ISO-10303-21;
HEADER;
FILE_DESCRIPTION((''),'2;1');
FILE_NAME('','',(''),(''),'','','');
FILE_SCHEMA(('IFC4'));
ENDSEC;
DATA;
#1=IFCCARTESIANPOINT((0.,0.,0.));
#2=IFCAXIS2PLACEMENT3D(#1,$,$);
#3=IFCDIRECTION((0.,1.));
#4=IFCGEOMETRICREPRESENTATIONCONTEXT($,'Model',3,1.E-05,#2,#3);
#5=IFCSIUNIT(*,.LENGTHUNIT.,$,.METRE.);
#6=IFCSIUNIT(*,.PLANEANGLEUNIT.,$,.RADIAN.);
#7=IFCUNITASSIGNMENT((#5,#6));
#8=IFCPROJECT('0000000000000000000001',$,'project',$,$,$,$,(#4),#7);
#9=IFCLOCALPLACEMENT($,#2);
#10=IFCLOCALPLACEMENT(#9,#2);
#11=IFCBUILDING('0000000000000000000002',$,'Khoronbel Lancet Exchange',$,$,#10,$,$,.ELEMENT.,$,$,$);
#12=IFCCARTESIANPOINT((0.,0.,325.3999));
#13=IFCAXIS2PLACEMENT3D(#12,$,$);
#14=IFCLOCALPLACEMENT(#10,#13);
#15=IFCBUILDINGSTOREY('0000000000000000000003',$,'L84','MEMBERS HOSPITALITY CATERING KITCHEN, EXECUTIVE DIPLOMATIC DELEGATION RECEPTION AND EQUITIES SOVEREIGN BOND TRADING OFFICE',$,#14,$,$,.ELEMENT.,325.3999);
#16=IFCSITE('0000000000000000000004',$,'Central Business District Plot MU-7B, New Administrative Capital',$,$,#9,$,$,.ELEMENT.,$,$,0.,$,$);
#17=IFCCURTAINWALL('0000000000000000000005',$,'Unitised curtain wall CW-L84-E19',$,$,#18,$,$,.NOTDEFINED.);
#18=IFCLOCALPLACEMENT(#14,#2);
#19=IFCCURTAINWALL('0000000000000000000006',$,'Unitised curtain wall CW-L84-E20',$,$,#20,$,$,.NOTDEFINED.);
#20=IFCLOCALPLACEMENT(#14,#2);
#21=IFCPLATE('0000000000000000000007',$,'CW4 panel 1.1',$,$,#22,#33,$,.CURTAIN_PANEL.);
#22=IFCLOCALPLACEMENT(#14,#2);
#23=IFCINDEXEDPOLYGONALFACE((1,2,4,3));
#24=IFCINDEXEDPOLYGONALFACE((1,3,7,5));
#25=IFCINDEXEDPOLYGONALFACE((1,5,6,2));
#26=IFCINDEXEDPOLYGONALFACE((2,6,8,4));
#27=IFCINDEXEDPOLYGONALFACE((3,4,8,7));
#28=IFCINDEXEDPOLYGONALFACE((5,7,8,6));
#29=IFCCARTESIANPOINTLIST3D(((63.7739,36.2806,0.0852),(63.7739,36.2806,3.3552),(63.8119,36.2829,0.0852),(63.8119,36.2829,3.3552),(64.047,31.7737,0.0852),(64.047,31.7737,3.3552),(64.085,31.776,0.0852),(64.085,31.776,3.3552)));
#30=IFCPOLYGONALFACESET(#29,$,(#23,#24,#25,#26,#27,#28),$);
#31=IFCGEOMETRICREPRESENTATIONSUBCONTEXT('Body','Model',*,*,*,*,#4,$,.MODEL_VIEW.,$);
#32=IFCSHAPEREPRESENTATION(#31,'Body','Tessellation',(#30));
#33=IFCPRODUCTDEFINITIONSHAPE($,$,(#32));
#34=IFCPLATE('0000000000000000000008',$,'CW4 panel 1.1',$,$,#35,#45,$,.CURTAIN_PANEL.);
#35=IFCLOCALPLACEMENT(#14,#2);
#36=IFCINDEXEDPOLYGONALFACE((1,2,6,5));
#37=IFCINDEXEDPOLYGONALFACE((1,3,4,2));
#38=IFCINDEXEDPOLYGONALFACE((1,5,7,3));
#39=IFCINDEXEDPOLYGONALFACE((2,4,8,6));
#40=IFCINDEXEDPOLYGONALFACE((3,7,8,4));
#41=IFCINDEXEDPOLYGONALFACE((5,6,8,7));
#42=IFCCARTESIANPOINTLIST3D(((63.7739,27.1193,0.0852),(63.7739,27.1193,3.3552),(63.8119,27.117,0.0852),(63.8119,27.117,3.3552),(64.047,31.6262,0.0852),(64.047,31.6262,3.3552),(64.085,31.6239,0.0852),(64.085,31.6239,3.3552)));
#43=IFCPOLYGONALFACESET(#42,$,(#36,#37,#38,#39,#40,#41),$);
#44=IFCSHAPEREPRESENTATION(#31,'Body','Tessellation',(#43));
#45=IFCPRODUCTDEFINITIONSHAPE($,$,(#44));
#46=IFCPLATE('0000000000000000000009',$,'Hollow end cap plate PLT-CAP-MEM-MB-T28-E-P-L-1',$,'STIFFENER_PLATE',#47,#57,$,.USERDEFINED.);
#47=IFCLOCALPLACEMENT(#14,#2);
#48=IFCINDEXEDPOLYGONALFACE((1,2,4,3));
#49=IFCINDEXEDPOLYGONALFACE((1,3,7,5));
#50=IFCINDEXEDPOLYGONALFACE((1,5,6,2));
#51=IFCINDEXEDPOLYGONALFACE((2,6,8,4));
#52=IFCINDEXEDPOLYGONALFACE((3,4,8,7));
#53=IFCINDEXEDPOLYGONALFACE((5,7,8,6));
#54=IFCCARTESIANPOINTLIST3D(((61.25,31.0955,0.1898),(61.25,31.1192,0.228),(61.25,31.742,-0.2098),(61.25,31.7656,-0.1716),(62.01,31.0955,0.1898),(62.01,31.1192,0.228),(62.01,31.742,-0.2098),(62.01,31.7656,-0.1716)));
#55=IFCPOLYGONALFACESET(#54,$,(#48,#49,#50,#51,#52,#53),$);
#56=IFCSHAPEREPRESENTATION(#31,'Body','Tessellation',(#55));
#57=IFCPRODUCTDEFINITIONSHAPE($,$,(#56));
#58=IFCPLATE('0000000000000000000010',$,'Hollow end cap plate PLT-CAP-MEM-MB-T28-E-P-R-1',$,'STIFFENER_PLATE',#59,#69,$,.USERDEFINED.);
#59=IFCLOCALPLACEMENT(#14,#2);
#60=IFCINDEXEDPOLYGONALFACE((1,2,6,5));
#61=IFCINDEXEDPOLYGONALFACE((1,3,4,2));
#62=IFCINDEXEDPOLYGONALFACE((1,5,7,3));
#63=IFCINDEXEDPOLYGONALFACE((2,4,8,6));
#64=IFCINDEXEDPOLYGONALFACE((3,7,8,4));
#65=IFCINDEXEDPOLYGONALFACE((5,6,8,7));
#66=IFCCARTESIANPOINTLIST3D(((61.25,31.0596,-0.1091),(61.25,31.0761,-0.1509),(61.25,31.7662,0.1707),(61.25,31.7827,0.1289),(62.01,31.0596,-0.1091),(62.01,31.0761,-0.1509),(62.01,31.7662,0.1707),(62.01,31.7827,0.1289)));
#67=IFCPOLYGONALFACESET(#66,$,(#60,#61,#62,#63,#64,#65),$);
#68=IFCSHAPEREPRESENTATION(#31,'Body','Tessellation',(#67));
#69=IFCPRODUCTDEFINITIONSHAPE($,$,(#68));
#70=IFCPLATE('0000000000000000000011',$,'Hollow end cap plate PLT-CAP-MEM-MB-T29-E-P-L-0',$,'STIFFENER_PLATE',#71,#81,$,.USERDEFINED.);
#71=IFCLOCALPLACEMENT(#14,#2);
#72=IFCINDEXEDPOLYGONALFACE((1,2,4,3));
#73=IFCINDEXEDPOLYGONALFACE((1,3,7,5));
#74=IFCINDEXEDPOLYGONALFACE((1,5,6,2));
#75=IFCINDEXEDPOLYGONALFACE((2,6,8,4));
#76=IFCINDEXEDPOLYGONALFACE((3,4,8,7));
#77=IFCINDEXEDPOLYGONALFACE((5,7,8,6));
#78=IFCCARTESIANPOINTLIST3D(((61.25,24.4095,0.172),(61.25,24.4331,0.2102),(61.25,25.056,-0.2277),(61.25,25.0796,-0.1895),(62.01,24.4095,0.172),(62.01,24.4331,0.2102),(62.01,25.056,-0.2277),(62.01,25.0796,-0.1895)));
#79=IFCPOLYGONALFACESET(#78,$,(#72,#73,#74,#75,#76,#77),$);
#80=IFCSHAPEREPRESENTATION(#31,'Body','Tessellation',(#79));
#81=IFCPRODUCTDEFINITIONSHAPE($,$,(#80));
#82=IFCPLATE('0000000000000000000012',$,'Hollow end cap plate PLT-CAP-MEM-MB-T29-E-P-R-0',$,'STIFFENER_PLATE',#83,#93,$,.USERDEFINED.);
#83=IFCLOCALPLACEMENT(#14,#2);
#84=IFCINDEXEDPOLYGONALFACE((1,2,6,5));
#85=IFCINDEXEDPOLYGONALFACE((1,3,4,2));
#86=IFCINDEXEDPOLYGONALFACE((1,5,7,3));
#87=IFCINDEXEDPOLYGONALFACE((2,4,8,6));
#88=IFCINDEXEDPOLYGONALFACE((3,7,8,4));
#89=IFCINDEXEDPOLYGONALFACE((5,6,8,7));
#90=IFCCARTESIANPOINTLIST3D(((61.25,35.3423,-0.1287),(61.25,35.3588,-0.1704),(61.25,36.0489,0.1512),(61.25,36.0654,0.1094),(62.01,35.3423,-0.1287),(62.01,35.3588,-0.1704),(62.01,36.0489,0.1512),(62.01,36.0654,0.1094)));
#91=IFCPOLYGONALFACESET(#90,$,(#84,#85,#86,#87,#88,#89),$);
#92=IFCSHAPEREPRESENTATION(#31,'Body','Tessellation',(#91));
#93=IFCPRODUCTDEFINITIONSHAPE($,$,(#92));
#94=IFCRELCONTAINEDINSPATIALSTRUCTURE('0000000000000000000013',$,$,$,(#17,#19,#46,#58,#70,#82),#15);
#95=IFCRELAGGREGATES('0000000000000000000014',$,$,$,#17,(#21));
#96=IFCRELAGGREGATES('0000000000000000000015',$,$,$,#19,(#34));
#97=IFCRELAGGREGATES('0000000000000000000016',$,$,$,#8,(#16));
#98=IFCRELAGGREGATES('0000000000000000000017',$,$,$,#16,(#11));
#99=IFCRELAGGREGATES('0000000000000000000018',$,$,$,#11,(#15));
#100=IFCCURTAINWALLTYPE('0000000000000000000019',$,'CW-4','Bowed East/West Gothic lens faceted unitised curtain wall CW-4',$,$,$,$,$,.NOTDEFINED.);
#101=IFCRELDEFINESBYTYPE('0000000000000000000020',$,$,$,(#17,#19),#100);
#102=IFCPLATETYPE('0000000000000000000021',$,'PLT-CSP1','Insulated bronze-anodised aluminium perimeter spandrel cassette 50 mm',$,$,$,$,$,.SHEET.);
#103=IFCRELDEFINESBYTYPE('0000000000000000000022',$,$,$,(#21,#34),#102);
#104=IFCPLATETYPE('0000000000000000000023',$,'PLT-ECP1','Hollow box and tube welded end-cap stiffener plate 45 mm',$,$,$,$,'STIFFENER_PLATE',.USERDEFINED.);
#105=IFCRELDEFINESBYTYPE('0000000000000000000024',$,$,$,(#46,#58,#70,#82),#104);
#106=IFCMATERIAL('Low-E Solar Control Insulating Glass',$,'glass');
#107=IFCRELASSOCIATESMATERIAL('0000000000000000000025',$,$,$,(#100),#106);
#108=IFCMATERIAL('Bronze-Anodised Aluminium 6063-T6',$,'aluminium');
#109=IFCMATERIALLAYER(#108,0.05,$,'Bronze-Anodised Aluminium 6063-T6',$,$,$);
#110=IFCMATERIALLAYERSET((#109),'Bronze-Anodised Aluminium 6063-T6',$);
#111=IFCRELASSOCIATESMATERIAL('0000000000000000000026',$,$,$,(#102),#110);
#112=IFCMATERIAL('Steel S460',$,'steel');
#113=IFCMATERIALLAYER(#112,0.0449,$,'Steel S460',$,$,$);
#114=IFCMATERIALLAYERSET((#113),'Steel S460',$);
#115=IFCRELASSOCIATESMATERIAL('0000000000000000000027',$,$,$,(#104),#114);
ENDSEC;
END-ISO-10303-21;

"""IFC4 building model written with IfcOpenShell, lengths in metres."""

from ifc_helpers import new_model, si_unit, direction, frame, origin, origin_2d, place, context, subcontext, project, spatial, polyline, rectangle, outline, extrude, material, layer, layer_set, type_object, element, aggregate, save


model = new_model("IFC4")

# Units and contexts
model_context = context("Model", 3, precision=1e-05, world=origin(), true_north=direction((0.0, 1.0)))
body_context = subcontext(model_context, "Body", "Model", "MODEL_VIEW")
ifc_project = project(units=[si_unit("LENGTHUNIT", "METRE"), si_unit("PLANEANGLEUNIT", "RADIAN")], contexts=[model_context])

# Site, building, storey
site_placement = place(None, origin())
site = spatial("IfcSite", under=ifc_project, at=site_placement, Name="Central Business District Plot MU-7B, New Administrative Capital", CompositionType="ELEMENT", RefElevation=0.0)
building_placement = place(site_placement, origin())
building = spatial("IfcBuilding", under=site, at=building_placement, Name="Khoronbel Lancet Exchange", CompositionType="ELEMENT")
storey_placement = place(building_placement, frame((0.0, 0.0, 325.3999)))
storey = spatial("IfcBuildingStorey", under=building, at=storey_placement, Name="L84", Description="MEMBERS HOSPITALITY CATERING KITCHEN, EXECUTIVE DIPLOMATIC DELEGATION RECEPTION AND EQUITIES SOVEREIGN BOND TRADING OFFICE", CompositionType="ELEMENT", Elevation=325.3999)

# Curtain walls
ifc_material_1 = material(Name="Low-E Solar Control Insulating Glass", Category="glass")
curtain_wall_type = type_object("IfcCurtainWallType", Name="CW-4", Description="Bowed East/West Gothic lens faceted unitised curtain wall CW-4", PredefinedType="NOTDEFINED", material=ifc_material_1)
curtain_wall_1_placement = place(storey_placement, origin())
curtain_wall_1 = element("IfcCurtainWall", 1, at=curtain_wall_1_placement, inside=storey, type_object=curtain_wall_type, Name="Unitised curtain wall CW-L84-E19", PredefinedType="NOTDEFINED")
ifc_material_2 = material(Name="Bronze-Anodised Aluminium 6063-T6", Category="aluminium")
curtain_wall_2_placement = place(storey_placement, origin())
curtain_wall_2 = element("IfcCurtainWall", 2, at=curtain_wall_2_placement, inside=storey, type_object=curtain_wall_type, Name="Unitised curtain wall CW-L84-E20", PredefinedType="NOTDEFINED")

# Shared definitions
ifc_material_3 = material(Name="Steel S460", Category="steel")

# Plates
ifc_layer_1 = layer(ifc_material_2, 0.05, Name="Bronze-Anodised Aluminium 6063-T6")
ifc_layer_set_1 = layer_set([ifc_layer_1], Name="Bronze-Anodised Aluminium 6063-T6")
plate_type_1 = type_object("IfcPlateType", Name="PLT-CSP1", Description="Insulated bronze-anodised aluminium perimeter spandrel cassette 50 mm", PredefinedType="SHEET", material=ifc_layer_set_1)
plate_1_placement = place(storey_placement, frame((63.9294, 34.0283, 0.0852), z_axis=(0.0, 0.0, 1.0), x_axis=(0.060491, -0.998169, 0.0)))
plate_1 = element("IfcPlate", 3, at=plate_1_placement, type_object=plate_type_1, Name="CW4 panel 1.1", PredefinedType="CURTAIN_PANEL", context=body_context, shape_type="SweptSolid", body=[
    extrude(rectangle(XDim=4.5151, YDim=0.0381, at=origin_2d()), origin(), (0.0, 0.0, 1.0), 3.27),
])
aggregate(curtain_wall_1, [plate_1])
plate_2_placement = place(storey_placement, frame((63.9294, 29.3716, 0.0852), z_axis=(0.0, 0.0, 1.0), x_axis=(-0.060491, -0.998169, 0.0)))
plate_2 = element("IfcPlate", 4, at=plate_2_placement, type_object=plate_type_1, Name="CW4 panel 1.1", PredefinedType="CURTAIN_PANEL", context=body_context, shape_type="SweptSolid", body=[
    extrude(rectangle(XDim=4.5151, YDim=0.0381, at=origin_2d()), origin(), (0.0, 0.0, 1.0), 3.27),
])
aggregate(curtain_wall_2, [plate_2])

# Plates
ifc_layer_2 = layer(ifc_material_3, 0.0449, Name="Steel S460")
ifc_layer_set_2 = layer_set([ifc_layer_2], Name="Steel S460")
plate_type_2 = type_object("IfcPlateType", Name="PLT-ECP1", Description="Hollow box and tube welded end-cap stiffener plate 45 mm", ElementType="STIFFENER_PLATE", PredefinedType="USERDEFINED", material=ifc_layer_set_2)
for number, where, z_axis, x_axis, name in (
    (5, (62.01, 31.7656, -0.1716), (0.0, 0.525835, 0.850587), (-1.0, 0.0, 0.0), "Hollow end cap plate PLT-CAP-MEM-MB-T28-E-P-L-1"),
    (6, (61.25, 31.0596, -0.1091), (0.0, -0.368176, 0.929756), (1.0, 0.0, 0.0), "Hollow end cap plate PLT-CAP-MEM-MB-T28-E-P-R-1"),
    (7, (62.01, 25.0796, -0.1895), (0.0, 0.525835, 0.850587), (-1.0, 0.0, 0.0), "Hollow end cap plate PLT-CAP-MEM-MB-T29-E-P-L-0"),
    (8, (61.25, 35.3423, -0.1287), (0.0, -0.368176, 0.929756), (1.0, 0.0, 0.0), "Hollow end cap plate PLT-CAP-MEM-MB-T29-E-P-R-0"),
):
    element("IfcPlate", number, at=place(storey_placement, frame(where, z_axis=z_axis, x_axis=x_axis)), inside=storey, type_object=plate_type_2, Name=name, ObjectType="STIFFENER_PLATE", PredefinedType="USERDEFINED", context=body_context, shape_type="SweptSolid", body=[
        extrude(outline(polyline([(0.0, 0.0), (0.76, 0.0), (0.76, 0.76), (0.0, 0.76), (0.0, 0.0)])), origin(), (0.0, 0.0, -1.0), 0.0449),
    ])

save(model, "model.ifc")
